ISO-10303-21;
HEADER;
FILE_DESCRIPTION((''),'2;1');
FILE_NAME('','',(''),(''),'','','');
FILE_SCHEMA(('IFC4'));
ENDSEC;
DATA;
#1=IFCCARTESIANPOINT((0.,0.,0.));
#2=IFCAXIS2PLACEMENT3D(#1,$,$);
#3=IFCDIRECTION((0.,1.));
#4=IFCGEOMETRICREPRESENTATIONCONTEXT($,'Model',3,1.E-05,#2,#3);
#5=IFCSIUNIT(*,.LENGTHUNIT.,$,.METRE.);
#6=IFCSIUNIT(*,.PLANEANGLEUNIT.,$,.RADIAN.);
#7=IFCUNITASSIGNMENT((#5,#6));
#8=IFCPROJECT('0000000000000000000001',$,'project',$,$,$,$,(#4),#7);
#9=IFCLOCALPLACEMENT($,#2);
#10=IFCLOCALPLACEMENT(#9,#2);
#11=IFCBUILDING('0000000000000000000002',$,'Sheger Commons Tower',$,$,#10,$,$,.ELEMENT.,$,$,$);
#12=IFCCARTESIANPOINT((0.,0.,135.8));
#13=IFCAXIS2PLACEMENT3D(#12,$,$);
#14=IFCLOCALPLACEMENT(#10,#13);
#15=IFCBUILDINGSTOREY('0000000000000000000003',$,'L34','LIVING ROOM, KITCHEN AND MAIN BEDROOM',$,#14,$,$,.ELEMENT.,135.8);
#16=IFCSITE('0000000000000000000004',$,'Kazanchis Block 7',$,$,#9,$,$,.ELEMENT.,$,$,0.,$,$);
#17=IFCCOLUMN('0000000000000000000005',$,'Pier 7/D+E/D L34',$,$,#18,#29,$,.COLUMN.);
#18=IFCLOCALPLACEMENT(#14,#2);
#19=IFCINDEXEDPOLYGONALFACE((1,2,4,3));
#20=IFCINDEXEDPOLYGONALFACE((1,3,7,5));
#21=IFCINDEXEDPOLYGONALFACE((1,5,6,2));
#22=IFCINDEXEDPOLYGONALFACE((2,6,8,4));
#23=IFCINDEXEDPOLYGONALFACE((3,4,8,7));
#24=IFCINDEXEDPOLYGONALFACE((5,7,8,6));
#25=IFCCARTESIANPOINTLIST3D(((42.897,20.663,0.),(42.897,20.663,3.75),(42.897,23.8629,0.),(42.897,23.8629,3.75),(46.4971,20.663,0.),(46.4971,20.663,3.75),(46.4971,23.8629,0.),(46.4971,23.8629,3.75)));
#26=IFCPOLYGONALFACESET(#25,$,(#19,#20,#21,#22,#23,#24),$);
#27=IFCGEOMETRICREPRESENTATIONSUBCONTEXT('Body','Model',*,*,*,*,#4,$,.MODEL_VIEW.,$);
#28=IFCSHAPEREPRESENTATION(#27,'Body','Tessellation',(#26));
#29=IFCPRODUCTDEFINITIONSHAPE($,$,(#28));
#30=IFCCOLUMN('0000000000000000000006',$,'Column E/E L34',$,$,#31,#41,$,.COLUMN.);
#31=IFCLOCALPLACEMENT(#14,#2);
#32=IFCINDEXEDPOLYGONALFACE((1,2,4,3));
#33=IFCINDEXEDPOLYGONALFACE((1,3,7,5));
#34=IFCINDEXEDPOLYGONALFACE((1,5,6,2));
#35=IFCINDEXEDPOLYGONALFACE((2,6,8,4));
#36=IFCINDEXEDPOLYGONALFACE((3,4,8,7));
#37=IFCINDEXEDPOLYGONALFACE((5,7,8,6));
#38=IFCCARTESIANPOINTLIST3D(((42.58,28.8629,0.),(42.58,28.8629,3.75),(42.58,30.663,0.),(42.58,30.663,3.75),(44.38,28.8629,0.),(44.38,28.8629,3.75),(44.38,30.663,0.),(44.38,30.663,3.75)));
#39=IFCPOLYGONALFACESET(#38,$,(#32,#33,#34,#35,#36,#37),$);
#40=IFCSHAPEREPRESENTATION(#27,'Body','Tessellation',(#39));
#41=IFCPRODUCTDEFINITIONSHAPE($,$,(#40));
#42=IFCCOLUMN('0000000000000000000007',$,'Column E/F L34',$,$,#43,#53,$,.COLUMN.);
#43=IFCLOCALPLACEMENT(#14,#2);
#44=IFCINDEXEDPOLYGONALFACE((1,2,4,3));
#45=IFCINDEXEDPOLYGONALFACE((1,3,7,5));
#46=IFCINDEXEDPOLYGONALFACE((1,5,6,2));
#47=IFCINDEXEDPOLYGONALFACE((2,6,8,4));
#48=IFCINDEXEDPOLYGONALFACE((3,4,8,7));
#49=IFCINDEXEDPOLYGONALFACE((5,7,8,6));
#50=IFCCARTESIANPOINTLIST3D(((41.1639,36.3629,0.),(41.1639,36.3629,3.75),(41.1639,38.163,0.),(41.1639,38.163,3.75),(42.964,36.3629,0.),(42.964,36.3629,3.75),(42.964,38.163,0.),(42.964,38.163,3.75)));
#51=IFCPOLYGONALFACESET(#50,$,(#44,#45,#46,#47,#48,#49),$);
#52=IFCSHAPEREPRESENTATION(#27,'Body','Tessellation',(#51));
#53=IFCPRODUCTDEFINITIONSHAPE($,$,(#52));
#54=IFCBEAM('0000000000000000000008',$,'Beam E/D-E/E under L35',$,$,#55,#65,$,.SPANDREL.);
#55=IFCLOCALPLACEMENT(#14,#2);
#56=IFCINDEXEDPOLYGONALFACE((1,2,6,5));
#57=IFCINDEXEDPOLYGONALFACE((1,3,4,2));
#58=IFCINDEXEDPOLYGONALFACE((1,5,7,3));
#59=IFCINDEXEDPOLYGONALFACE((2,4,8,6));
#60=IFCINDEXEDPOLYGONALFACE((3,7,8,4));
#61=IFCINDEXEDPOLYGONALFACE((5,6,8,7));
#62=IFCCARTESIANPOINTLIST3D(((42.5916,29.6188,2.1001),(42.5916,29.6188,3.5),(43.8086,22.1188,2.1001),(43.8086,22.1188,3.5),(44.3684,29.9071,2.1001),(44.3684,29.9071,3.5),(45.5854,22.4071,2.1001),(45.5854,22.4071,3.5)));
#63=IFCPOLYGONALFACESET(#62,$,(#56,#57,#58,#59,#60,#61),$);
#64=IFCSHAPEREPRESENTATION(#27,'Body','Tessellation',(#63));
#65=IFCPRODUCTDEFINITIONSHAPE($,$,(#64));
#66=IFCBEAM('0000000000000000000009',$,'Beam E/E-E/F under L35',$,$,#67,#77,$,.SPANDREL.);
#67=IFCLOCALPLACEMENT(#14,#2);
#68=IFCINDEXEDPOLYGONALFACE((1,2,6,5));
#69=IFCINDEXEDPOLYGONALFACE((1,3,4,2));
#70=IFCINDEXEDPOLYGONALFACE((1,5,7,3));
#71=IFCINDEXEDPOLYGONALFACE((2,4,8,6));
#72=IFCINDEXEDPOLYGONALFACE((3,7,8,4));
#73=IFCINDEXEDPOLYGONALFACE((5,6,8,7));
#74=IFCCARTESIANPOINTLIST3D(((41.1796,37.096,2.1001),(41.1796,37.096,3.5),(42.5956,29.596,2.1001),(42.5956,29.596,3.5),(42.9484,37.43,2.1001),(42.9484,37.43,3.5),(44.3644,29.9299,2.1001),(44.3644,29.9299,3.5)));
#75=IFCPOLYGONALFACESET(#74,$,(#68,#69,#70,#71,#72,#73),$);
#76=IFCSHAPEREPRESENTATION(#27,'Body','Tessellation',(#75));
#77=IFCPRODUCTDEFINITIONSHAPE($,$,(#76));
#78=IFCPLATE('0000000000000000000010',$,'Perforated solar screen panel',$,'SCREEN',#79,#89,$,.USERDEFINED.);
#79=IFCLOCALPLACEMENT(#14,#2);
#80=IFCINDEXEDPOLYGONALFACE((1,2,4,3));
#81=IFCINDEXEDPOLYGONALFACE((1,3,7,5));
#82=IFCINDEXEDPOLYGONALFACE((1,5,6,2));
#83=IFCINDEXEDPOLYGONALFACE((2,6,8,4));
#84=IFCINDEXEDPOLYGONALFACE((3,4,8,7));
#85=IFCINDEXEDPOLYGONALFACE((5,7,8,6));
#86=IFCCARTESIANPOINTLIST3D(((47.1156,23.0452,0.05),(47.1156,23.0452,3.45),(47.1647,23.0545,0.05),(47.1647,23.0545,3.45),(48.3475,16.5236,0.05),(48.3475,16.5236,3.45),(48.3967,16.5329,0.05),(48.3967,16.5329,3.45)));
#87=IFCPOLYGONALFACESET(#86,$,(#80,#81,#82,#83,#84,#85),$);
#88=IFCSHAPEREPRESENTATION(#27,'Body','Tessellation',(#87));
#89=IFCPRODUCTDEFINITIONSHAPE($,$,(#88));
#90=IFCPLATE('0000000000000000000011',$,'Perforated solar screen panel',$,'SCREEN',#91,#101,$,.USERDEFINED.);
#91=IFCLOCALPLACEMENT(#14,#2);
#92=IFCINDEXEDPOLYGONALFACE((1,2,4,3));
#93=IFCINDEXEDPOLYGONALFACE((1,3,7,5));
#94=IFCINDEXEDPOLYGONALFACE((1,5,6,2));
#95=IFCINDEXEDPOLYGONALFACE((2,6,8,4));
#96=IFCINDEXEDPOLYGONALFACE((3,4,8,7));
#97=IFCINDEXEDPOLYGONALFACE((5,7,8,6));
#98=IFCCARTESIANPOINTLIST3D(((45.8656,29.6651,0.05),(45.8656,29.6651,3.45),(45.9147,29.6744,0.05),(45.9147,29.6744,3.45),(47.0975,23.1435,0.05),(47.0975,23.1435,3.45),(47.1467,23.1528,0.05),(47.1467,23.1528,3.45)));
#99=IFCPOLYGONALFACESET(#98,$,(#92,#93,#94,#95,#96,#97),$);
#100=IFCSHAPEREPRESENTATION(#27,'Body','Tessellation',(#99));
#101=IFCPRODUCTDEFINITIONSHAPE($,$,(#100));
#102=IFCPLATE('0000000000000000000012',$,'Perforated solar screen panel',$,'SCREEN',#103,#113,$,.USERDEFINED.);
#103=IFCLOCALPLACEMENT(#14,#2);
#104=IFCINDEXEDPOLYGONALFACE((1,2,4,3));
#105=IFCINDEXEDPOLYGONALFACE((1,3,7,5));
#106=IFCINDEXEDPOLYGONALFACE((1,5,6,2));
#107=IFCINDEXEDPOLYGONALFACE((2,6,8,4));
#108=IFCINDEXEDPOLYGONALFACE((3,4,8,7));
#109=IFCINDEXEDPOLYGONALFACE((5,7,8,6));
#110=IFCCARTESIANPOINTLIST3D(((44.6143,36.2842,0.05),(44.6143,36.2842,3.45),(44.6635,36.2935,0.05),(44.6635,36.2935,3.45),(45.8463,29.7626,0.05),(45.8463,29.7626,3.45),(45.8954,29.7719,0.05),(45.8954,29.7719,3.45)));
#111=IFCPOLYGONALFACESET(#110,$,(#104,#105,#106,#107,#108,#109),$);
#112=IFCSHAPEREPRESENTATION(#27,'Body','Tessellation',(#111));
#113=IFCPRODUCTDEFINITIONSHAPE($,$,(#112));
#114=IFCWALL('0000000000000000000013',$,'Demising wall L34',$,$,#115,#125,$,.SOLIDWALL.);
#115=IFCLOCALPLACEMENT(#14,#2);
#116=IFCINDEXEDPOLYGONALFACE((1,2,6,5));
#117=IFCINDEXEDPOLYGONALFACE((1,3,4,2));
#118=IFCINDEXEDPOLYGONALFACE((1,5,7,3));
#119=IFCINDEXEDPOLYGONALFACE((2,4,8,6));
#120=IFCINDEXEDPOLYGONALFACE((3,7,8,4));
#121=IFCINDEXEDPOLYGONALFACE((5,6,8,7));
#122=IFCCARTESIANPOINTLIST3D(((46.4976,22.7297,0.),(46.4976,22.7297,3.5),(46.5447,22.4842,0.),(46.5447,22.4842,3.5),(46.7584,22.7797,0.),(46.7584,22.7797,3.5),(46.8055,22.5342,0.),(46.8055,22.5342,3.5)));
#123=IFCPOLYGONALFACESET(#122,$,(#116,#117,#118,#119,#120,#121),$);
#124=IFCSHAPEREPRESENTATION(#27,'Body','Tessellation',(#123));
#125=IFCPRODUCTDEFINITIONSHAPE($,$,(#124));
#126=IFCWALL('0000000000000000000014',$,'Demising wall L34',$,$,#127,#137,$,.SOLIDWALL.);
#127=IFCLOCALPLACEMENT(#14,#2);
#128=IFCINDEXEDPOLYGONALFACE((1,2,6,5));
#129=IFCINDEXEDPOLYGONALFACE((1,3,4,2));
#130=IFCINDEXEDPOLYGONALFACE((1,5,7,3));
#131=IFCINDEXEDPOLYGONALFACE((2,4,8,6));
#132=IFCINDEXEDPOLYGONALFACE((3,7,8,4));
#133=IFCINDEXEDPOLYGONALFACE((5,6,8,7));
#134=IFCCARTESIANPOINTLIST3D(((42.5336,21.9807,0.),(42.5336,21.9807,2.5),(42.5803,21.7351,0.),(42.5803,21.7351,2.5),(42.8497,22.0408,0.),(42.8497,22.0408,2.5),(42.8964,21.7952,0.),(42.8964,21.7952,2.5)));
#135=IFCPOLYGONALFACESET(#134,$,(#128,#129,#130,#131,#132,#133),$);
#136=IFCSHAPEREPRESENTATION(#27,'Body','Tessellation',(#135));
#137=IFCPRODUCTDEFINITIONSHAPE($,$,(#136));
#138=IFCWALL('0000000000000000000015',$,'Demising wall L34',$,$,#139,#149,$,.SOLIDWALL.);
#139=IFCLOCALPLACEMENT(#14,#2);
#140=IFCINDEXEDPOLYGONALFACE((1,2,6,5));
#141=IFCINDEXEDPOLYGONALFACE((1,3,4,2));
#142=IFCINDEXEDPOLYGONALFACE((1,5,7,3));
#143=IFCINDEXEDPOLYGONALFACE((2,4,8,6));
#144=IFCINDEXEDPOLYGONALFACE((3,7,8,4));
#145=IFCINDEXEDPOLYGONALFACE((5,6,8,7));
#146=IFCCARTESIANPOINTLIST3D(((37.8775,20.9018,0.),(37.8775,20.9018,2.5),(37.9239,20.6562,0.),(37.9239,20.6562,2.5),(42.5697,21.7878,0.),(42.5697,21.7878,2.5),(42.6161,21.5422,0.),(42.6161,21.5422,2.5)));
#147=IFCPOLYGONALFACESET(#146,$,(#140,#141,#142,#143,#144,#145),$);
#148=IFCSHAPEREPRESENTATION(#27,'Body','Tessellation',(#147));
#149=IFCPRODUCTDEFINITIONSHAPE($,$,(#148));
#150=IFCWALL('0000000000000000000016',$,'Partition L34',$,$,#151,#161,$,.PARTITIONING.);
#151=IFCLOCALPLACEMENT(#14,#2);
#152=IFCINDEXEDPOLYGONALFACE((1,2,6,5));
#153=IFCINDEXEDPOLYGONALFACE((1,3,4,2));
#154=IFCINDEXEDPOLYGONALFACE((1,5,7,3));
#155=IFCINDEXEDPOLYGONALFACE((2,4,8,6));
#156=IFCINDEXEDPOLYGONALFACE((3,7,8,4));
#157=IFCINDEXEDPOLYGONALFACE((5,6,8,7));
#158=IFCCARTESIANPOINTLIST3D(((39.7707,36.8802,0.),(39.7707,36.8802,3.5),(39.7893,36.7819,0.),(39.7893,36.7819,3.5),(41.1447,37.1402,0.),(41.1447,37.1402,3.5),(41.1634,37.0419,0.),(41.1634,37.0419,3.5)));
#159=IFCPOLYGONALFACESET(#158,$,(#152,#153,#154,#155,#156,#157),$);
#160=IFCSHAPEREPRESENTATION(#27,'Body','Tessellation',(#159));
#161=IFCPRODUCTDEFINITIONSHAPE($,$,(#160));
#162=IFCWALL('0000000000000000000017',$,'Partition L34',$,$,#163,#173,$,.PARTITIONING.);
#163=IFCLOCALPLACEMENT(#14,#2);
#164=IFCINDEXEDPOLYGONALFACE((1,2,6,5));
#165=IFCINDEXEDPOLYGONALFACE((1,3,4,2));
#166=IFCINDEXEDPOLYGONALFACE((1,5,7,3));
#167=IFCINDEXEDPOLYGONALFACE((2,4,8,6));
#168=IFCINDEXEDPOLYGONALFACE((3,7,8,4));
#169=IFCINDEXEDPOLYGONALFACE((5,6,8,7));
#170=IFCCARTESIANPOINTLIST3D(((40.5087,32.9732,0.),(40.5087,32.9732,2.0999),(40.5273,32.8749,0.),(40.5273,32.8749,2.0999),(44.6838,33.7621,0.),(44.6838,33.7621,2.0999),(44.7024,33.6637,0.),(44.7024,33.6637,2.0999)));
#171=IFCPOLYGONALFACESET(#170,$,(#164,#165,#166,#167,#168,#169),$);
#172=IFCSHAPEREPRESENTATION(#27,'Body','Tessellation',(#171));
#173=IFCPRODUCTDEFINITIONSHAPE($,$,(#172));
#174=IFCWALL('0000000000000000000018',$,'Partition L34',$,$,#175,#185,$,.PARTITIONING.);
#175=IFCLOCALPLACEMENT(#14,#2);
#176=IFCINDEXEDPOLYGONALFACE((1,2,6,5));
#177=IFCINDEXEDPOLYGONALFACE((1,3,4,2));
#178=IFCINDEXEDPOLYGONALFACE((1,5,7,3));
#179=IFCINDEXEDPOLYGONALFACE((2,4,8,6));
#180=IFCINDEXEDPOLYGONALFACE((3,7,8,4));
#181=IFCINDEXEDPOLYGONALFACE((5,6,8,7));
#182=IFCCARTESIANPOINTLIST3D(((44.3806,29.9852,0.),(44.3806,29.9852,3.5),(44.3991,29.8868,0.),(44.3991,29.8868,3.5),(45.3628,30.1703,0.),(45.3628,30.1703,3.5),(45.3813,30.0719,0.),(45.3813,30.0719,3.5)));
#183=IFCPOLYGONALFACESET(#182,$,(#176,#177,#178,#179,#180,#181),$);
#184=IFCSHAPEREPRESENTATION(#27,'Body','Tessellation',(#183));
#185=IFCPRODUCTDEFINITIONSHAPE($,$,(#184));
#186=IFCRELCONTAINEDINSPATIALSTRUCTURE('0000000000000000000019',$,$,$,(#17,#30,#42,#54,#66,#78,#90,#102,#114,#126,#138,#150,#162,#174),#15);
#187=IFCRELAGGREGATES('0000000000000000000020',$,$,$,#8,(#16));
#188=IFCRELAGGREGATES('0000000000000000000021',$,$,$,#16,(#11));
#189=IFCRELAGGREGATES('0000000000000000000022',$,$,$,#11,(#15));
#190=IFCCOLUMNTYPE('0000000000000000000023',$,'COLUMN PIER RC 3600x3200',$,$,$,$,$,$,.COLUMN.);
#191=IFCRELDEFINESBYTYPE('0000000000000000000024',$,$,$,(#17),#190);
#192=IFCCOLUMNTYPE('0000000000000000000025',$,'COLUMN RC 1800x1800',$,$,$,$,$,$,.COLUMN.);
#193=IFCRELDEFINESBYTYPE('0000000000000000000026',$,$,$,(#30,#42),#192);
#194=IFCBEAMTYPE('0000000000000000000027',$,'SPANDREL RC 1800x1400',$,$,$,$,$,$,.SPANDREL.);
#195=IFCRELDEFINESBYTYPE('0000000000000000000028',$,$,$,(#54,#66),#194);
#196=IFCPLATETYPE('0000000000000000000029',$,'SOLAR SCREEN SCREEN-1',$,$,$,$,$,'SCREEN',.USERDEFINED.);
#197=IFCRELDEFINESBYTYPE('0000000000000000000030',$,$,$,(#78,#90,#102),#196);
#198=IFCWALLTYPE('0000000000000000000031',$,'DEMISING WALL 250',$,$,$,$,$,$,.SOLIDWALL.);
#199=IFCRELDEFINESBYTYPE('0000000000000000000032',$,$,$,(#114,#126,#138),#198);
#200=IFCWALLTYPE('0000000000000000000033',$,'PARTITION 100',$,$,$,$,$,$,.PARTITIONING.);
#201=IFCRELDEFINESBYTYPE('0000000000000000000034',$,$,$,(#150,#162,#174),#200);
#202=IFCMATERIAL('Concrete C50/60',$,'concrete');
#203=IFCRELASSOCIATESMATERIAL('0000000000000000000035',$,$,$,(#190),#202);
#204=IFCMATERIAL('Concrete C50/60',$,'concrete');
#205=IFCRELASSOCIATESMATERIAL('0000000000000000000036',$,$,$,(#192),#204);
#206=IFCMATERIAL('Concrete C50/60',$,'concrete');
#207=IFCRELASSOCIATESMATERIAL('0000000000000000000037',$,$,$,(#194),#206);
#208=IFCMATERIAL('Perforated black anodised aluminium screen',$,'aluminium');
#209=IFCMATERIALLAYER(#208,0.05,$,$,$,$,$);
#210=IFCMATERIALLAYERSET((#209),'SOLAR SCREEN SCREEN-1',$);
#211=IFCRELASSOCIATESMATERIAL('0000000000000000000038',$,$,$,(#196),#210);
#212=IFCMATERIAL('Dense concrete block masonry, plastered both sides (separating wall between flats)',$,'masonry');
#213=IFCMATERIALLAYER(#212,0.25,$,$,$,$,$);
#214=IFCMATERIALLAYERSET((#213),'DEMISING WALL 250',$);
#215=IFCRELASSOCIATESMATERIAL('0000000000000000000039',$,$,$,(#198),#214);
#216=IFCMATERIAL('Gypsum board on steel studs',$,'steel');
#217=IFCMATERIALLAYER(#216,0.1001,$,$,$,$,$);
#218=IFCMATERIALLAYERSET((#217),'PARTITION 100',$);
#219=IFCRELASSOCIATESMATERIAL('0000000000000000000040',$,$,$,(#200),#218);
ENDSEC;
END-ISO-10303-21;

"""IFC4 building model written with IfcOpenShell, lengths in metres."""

from ifc_helpers import new_model, si_unit, direction, frame, frame_2d, origin, origin_2d, place, context, subcontext, project, spatial, rectangle, extrude, material, layer, layer_set, material_profile, profile_set, type_object, element, save


model = new_model("IFC4")

# Units and contexts
model_context = context("Model", 3, precision=1e-05, world=origin(), true_north=direction((0.0, 1.0)))
body_context = subcontext(model_context, "Body", "Model", "MODEL_VIEW")
ifc_project = project(units=[si_unit("LENGTHUNIT", "METRE"), si_unit("PLANEANGLEUNIT", "RADIAN")], contexts=[model_context])

# Site, building, storey
site_placement = place(None, origin())
site = spatial("IfcSite", under=ifc_project, at=site_placement, Name="Kazanchis Block 7", CompositionType="ELEMENT", RefElevation=0.0)
building_placement = place(site_placement, origin())
building = spatial("IfcBuilding", under=site, at=building_placement, Name="Sheger Commons Tower", CompositionType="ELEMENT")
storey_placement = place(building_placement, frame((0.0, 0.0, 135.8)))
storey = spatial("IfcBuildingStorey", under=building, at=storey_placement, Name="L34", Description="LIVING ROOM, KITCHEN AND MAIN BEDROOM", CompositionType="ELEMENT", Elevation=135.8)

# Columns
ifc_material_1 = material(Name="Concrete C50/60", Category="concrete")
ifc_material_profile_1 = material_profile(ifc_material_1, rectangle(XDim=3.6001, YDim=3.2, at=origin_2d()), Name="RC 3600x3200")
ifc_profile_set_1 = profile_set([ifc_material_profile_1], Name="Concrete C50/60")
column_type_1 = type_object("IfcColumnType", Name="COLUMN PIER RC 3600x3200", PredefinedType="COLUMN", material=ifc_profile_set_1)
column_placement = place(storey_placement, frame((44.697, 22.2629, 0.0), z_axis=(0.0, 0.0, 1.0), x_axis=(1.0, 0.0, 0.0)))
element("IfcColumn", 1, at=column_placement, inside=storey, type_object=column_type_1, Name="Pier 7/D+E/D L34", PredefinedType="COLUMN", context=body_context, shape_type="SweptSolid", body=[
    extrude(rectangle(XDim=3.6001, YDim=3.2, at=origin_2d()), origin(), (0.0, 0.0, 1.0), 3.75),
])
ifc_material_2 = material(Name="Concrete C50/60", Category="concrete")
ifc_material_profile_2 = material_profile(ifc_material_2, rectangle(XDim=1.8, YDim=1.8, at=origin_2d()), Name="RC 1800x1800")
ifc_profile_set_2 = profile_set([ifc_material_profile_2], Name="Concrete C50/60")
column_type_2 = type_object("IfcColumnType", Name="COLUMN RC 1800x1800", PredefinedType="COLUMN", material=ifc_profile_set_2)
for number, where, z_axis, x_axis, name in (
    (2, (43.48, 29.7629, 0.0), (0.0, 0.0, 1.0), (1.0, 0.0, 0.0), "Column E/E L34"),
    (3, (42.064, 37.2629, 0.0), (0.0, 0.0, 1.0), (1.0, 0.0, 0.0), "Column E/F L34"),
):
    element("IfcColumn", number, at=place(storey_placement, frame(where, z_axis=z_axis, x_axis=x_axis)), inside=storey, type_object=column_type_2, Name=name, PredefinedType="COLUMN", context=body_context, shape_type="SweptSolid", body=[
        extrude(rectangle(XDim=1.8, YDim=1.8, at=origin_2d()), origin(), (0.0, 0.0, 1.0), 3.75),
    ])

# Beams
ifc_material_3 = material(Name="Concrete C50/60", Category="concrete")
ifc_material_profile_3 = material_profile(ifc_material_3, rectangle(XDim=1.8, YDim=1.3999, at=origin_2d()), Name="RC 1800x1400")
ifc_profile_set_3 = profile_set([ifc_material_profile_3], Name="Concrete C50/60")
beam_type = type_object("IfcBeamType", Name="SPANDREL RC 1800x1400", PredefinedType="SPANDREL", material=ifc_profile_set_3)
beam_1_placement = place(storey_placement, frame((44.697, 22.2629, 2.8), z_axis=(-0.160177, 0.987088, 0.0), x_axis=(-0.987088, -0.160177, 0.0)))
element("IfcBeam", 4, at=beam_1_placement, inside=storey, type_object=beam_type, Name="Beam E/D-E/E under L35", PredefinedType="SPANDREL", context=body_context, shape_type="SweptSolid", body=[
    extrude(rectangle(XDim=1.8, YDim=1.3999, at=origin_2d()), origin(), (0.0, 0.0, 1.0), 7.5981),
])
beam_2_placement = place(storey_placement, frame((43.48, 29.7629, 2.8), z_axis=(-0.185524, 0.98264, 0.0), x_axis=(-0.98264, -0.185524, 0.0)))
element("IfcBeam", 5, at=beam_2_placement, inside=storey, type_object=beam_type, Name="Beam E/E-E/F under L35", PredefinedType="SPANDREL", context=body_context, shape_type="SweptSolid", body=[
    extrude(rectangle(XDim=1.8, YDim=1.3999, at=origin_2d()), origin(), (0.0, 0.0, 1.0), 7.6326),
])

# Plates
ifc_material_4 = material(Name="Perforated black anodised aluminium screen", Category="aluminium")
ifc_layer_1 = layer(ifc_material_4, 0.05)
ifc_layer_set_1 = layer_set([ifc_layer_1], Name="SOLAR SCREEN SCREEN-1")
plate_type = type_object("IfcPlateType", Name="SOLAR SCREEN SCREEN-1", ElementType="SCREEN", PredefinedType="USERDEFINED", material=ifc_layer_set_1)
for number, where, z_axis, x_axis, name in (
    (6, (47.7561, 19.7891, 0.05), (0.0, 0.0, 1.0), (-0.185615, 0.982623, 0.0), "Perforated solar screen panel"),
    (7, (46.5061, 26.4089, 0.05), (0.0, 0.0, 1.0), (-0.185615, 0.982623, 0.0), "Perforated solar screen panel"),
    (8, (45.2549, 33.0281, 0.05), (0.0, 0.0, 1.0), (-0.185615, 0.982623, 0.0), "Perforated solar screen panel"),
):
    element("IfcPlate", number, at=place(storey_placement, frame(where, z_axis=z_axis, x_axis=x_axis)), inside=storey, type_object=plate_type, Name=name, ObjectType="SCREEN", PredefinedType="USERDEFINED", context=body_context, shape_type="SweptSolid", body=[
        extrude(rectangle(XDim=6.637, YDim=0.05, at=origin_2d()), origin(), (0.0, 0.0, 1.0), 3.3999),
    ])

# Walls
ifc_material_5 = material(Name="Dense concrete block masonry, plastered both sides (separating wall between flats)", Category="masonry")
ifc_layer_2 = layer(ifc_material_5, 0.25)
ifc_layer_set_2 = layer_set([ifc_layer_2], Name="DEMISING WALL 250")
wall_type_1 = type_object("IfcWallType", Name="DEMISING WALL 250", PredefinedType="SOLIDWALL", material=ifc_layer_set_2)
wall_1_placement = place(storey_placement, frame((46.782, 22.657, 0.0), z_axis=(0.0, 0.0, 1.0), x_axis=(-0.982105, -0.188336, 0.0)))
element("IfcWall", 9, at=wall_1_placement, inside=storey, type_object=wall_type_1, Name="Demising wall L34", PredefinedType="SOLIDWALL", context=body_context, shape_type="SweptSolid", body=[
    extrude(rectangle(XDim=0.2656, YDim=0.25, at=frame_2d((0.1328, 0.0))), origin(), (0.0, 0.0, 1.0), 3.5),
])
wall_2_placement = place(storey_placement, frame((42.873, 21.918, 0.0), z_axis=(0.0, 0.0, 1.0), x_axis=(-0.982431, -0.186624, 0.0)))
element("IfcWall", 10, at=wall_2_placement, inside=storey, type_object=wall_type_1, Name="Demising wall L34", PredefinedType="SOLIDWALL", context=body_context, shape_type="SweptSolid", body=[
    extrude(rectangle(XDim=0.3218, YDim=0.25, at=frame_2d((0.1609, 0.0))), origin(), (0.0, 0.0, 1.0), 2.5),
])
wall_3_placement = place(storey_placement, frame((42.593, 21.665, 0.0), z_axis=(0.0, 0.0, 1.0), x_axis=(-0.982636, -0.185545, 0.0)))
element("IfcWall", 11, at=wall_3_placement, inside=storey, type_object=wall_type_1, Name="Demising wall L34", PredefinedType="SOLIDWALL", context=body_context, shape_type="SweptSolid", body=[
    extrude(rectangle(XDim=4.7751, YDim=0.25, at=frame_2d((2.3877, 0.0))), origin(), (0.0, 0.0, 1.0), 2.5),
])
ifc_material_6 = material(Name="Gypsum board on steel studs", Category="steel")
ifc_layer_3 = layer(ifc_material_6, 0.1001)
ifc_layer_set_3 = layer_set([ifc_layer_3], Name="PARTITION 100")
wall_type_2 = type_object("IfcWallType", Name="PARTITION 100", PredefinedType="PARTITIONING", material=ifc_layer_set_3)
wall_4_placement = place(storey_placement, frame((41.1541, 37.0911, 0.0), z_axis=(0.0, 0.0, 1.0), x_axis=(-0.982562, -0.185933, 0.0)))
element("IfcWall", 12, at=wall_4_placement, inside=storey, type_object=wall_type_2, Name="Partition L34", PredefinedType="PARTITIONING", context=body_context, shape_type="SweptSolid", body=[
    extrude(rectangle(XDim=1.3984, YDim=0.1001, at=frame_2d((0.6992, 0.0))), origin(), (0.0, 0.0, 1.0), 3.5),
])
wall_5_placement = place(storey_placement, frame((44.6931, 33.7129, 0.0), z_axis=(0.0, 0.0, 1.0), x_axis=(-0.982616, -0.185652, 0.0)))
element("IfcWall", 13, at=wall_5_placement, inside=storey, type_object=wall_type_2, Name="Partition L34", PredefinedType="PARTITIONING", context=body_context, shape_type="SweptSolid", body=[
    extrude(rectangle(XDim=4.249, YDim=0.1001, at=frame_2d((2.1245, 0.0))), origin(), (0.0, 0.0, 1.0), 2.0999),
])
wall_6_placement = place(storey_placement, frame((45.3721, 30.1211, 0.0), z_axis=(0.0, 0.0, 1.0), x_axis=(-0.982709, -0.185159, 0.0)))
element("IfcWall", 14, at=wall_6_placement, inside=storey, type_object=wall_type_2, Name="Partition L34", PredefinedType="PARTITIONING", context=body_context, shape_type="SweptSolid", body=[
    extrude(rectangle(XDim=0.9995, YDim=0.1001, at=frame_2d((0.4998, 0.0))), origin(), (0.0, 0.0, 1.0), 3.5),
])

save(model, "model.ifc")
